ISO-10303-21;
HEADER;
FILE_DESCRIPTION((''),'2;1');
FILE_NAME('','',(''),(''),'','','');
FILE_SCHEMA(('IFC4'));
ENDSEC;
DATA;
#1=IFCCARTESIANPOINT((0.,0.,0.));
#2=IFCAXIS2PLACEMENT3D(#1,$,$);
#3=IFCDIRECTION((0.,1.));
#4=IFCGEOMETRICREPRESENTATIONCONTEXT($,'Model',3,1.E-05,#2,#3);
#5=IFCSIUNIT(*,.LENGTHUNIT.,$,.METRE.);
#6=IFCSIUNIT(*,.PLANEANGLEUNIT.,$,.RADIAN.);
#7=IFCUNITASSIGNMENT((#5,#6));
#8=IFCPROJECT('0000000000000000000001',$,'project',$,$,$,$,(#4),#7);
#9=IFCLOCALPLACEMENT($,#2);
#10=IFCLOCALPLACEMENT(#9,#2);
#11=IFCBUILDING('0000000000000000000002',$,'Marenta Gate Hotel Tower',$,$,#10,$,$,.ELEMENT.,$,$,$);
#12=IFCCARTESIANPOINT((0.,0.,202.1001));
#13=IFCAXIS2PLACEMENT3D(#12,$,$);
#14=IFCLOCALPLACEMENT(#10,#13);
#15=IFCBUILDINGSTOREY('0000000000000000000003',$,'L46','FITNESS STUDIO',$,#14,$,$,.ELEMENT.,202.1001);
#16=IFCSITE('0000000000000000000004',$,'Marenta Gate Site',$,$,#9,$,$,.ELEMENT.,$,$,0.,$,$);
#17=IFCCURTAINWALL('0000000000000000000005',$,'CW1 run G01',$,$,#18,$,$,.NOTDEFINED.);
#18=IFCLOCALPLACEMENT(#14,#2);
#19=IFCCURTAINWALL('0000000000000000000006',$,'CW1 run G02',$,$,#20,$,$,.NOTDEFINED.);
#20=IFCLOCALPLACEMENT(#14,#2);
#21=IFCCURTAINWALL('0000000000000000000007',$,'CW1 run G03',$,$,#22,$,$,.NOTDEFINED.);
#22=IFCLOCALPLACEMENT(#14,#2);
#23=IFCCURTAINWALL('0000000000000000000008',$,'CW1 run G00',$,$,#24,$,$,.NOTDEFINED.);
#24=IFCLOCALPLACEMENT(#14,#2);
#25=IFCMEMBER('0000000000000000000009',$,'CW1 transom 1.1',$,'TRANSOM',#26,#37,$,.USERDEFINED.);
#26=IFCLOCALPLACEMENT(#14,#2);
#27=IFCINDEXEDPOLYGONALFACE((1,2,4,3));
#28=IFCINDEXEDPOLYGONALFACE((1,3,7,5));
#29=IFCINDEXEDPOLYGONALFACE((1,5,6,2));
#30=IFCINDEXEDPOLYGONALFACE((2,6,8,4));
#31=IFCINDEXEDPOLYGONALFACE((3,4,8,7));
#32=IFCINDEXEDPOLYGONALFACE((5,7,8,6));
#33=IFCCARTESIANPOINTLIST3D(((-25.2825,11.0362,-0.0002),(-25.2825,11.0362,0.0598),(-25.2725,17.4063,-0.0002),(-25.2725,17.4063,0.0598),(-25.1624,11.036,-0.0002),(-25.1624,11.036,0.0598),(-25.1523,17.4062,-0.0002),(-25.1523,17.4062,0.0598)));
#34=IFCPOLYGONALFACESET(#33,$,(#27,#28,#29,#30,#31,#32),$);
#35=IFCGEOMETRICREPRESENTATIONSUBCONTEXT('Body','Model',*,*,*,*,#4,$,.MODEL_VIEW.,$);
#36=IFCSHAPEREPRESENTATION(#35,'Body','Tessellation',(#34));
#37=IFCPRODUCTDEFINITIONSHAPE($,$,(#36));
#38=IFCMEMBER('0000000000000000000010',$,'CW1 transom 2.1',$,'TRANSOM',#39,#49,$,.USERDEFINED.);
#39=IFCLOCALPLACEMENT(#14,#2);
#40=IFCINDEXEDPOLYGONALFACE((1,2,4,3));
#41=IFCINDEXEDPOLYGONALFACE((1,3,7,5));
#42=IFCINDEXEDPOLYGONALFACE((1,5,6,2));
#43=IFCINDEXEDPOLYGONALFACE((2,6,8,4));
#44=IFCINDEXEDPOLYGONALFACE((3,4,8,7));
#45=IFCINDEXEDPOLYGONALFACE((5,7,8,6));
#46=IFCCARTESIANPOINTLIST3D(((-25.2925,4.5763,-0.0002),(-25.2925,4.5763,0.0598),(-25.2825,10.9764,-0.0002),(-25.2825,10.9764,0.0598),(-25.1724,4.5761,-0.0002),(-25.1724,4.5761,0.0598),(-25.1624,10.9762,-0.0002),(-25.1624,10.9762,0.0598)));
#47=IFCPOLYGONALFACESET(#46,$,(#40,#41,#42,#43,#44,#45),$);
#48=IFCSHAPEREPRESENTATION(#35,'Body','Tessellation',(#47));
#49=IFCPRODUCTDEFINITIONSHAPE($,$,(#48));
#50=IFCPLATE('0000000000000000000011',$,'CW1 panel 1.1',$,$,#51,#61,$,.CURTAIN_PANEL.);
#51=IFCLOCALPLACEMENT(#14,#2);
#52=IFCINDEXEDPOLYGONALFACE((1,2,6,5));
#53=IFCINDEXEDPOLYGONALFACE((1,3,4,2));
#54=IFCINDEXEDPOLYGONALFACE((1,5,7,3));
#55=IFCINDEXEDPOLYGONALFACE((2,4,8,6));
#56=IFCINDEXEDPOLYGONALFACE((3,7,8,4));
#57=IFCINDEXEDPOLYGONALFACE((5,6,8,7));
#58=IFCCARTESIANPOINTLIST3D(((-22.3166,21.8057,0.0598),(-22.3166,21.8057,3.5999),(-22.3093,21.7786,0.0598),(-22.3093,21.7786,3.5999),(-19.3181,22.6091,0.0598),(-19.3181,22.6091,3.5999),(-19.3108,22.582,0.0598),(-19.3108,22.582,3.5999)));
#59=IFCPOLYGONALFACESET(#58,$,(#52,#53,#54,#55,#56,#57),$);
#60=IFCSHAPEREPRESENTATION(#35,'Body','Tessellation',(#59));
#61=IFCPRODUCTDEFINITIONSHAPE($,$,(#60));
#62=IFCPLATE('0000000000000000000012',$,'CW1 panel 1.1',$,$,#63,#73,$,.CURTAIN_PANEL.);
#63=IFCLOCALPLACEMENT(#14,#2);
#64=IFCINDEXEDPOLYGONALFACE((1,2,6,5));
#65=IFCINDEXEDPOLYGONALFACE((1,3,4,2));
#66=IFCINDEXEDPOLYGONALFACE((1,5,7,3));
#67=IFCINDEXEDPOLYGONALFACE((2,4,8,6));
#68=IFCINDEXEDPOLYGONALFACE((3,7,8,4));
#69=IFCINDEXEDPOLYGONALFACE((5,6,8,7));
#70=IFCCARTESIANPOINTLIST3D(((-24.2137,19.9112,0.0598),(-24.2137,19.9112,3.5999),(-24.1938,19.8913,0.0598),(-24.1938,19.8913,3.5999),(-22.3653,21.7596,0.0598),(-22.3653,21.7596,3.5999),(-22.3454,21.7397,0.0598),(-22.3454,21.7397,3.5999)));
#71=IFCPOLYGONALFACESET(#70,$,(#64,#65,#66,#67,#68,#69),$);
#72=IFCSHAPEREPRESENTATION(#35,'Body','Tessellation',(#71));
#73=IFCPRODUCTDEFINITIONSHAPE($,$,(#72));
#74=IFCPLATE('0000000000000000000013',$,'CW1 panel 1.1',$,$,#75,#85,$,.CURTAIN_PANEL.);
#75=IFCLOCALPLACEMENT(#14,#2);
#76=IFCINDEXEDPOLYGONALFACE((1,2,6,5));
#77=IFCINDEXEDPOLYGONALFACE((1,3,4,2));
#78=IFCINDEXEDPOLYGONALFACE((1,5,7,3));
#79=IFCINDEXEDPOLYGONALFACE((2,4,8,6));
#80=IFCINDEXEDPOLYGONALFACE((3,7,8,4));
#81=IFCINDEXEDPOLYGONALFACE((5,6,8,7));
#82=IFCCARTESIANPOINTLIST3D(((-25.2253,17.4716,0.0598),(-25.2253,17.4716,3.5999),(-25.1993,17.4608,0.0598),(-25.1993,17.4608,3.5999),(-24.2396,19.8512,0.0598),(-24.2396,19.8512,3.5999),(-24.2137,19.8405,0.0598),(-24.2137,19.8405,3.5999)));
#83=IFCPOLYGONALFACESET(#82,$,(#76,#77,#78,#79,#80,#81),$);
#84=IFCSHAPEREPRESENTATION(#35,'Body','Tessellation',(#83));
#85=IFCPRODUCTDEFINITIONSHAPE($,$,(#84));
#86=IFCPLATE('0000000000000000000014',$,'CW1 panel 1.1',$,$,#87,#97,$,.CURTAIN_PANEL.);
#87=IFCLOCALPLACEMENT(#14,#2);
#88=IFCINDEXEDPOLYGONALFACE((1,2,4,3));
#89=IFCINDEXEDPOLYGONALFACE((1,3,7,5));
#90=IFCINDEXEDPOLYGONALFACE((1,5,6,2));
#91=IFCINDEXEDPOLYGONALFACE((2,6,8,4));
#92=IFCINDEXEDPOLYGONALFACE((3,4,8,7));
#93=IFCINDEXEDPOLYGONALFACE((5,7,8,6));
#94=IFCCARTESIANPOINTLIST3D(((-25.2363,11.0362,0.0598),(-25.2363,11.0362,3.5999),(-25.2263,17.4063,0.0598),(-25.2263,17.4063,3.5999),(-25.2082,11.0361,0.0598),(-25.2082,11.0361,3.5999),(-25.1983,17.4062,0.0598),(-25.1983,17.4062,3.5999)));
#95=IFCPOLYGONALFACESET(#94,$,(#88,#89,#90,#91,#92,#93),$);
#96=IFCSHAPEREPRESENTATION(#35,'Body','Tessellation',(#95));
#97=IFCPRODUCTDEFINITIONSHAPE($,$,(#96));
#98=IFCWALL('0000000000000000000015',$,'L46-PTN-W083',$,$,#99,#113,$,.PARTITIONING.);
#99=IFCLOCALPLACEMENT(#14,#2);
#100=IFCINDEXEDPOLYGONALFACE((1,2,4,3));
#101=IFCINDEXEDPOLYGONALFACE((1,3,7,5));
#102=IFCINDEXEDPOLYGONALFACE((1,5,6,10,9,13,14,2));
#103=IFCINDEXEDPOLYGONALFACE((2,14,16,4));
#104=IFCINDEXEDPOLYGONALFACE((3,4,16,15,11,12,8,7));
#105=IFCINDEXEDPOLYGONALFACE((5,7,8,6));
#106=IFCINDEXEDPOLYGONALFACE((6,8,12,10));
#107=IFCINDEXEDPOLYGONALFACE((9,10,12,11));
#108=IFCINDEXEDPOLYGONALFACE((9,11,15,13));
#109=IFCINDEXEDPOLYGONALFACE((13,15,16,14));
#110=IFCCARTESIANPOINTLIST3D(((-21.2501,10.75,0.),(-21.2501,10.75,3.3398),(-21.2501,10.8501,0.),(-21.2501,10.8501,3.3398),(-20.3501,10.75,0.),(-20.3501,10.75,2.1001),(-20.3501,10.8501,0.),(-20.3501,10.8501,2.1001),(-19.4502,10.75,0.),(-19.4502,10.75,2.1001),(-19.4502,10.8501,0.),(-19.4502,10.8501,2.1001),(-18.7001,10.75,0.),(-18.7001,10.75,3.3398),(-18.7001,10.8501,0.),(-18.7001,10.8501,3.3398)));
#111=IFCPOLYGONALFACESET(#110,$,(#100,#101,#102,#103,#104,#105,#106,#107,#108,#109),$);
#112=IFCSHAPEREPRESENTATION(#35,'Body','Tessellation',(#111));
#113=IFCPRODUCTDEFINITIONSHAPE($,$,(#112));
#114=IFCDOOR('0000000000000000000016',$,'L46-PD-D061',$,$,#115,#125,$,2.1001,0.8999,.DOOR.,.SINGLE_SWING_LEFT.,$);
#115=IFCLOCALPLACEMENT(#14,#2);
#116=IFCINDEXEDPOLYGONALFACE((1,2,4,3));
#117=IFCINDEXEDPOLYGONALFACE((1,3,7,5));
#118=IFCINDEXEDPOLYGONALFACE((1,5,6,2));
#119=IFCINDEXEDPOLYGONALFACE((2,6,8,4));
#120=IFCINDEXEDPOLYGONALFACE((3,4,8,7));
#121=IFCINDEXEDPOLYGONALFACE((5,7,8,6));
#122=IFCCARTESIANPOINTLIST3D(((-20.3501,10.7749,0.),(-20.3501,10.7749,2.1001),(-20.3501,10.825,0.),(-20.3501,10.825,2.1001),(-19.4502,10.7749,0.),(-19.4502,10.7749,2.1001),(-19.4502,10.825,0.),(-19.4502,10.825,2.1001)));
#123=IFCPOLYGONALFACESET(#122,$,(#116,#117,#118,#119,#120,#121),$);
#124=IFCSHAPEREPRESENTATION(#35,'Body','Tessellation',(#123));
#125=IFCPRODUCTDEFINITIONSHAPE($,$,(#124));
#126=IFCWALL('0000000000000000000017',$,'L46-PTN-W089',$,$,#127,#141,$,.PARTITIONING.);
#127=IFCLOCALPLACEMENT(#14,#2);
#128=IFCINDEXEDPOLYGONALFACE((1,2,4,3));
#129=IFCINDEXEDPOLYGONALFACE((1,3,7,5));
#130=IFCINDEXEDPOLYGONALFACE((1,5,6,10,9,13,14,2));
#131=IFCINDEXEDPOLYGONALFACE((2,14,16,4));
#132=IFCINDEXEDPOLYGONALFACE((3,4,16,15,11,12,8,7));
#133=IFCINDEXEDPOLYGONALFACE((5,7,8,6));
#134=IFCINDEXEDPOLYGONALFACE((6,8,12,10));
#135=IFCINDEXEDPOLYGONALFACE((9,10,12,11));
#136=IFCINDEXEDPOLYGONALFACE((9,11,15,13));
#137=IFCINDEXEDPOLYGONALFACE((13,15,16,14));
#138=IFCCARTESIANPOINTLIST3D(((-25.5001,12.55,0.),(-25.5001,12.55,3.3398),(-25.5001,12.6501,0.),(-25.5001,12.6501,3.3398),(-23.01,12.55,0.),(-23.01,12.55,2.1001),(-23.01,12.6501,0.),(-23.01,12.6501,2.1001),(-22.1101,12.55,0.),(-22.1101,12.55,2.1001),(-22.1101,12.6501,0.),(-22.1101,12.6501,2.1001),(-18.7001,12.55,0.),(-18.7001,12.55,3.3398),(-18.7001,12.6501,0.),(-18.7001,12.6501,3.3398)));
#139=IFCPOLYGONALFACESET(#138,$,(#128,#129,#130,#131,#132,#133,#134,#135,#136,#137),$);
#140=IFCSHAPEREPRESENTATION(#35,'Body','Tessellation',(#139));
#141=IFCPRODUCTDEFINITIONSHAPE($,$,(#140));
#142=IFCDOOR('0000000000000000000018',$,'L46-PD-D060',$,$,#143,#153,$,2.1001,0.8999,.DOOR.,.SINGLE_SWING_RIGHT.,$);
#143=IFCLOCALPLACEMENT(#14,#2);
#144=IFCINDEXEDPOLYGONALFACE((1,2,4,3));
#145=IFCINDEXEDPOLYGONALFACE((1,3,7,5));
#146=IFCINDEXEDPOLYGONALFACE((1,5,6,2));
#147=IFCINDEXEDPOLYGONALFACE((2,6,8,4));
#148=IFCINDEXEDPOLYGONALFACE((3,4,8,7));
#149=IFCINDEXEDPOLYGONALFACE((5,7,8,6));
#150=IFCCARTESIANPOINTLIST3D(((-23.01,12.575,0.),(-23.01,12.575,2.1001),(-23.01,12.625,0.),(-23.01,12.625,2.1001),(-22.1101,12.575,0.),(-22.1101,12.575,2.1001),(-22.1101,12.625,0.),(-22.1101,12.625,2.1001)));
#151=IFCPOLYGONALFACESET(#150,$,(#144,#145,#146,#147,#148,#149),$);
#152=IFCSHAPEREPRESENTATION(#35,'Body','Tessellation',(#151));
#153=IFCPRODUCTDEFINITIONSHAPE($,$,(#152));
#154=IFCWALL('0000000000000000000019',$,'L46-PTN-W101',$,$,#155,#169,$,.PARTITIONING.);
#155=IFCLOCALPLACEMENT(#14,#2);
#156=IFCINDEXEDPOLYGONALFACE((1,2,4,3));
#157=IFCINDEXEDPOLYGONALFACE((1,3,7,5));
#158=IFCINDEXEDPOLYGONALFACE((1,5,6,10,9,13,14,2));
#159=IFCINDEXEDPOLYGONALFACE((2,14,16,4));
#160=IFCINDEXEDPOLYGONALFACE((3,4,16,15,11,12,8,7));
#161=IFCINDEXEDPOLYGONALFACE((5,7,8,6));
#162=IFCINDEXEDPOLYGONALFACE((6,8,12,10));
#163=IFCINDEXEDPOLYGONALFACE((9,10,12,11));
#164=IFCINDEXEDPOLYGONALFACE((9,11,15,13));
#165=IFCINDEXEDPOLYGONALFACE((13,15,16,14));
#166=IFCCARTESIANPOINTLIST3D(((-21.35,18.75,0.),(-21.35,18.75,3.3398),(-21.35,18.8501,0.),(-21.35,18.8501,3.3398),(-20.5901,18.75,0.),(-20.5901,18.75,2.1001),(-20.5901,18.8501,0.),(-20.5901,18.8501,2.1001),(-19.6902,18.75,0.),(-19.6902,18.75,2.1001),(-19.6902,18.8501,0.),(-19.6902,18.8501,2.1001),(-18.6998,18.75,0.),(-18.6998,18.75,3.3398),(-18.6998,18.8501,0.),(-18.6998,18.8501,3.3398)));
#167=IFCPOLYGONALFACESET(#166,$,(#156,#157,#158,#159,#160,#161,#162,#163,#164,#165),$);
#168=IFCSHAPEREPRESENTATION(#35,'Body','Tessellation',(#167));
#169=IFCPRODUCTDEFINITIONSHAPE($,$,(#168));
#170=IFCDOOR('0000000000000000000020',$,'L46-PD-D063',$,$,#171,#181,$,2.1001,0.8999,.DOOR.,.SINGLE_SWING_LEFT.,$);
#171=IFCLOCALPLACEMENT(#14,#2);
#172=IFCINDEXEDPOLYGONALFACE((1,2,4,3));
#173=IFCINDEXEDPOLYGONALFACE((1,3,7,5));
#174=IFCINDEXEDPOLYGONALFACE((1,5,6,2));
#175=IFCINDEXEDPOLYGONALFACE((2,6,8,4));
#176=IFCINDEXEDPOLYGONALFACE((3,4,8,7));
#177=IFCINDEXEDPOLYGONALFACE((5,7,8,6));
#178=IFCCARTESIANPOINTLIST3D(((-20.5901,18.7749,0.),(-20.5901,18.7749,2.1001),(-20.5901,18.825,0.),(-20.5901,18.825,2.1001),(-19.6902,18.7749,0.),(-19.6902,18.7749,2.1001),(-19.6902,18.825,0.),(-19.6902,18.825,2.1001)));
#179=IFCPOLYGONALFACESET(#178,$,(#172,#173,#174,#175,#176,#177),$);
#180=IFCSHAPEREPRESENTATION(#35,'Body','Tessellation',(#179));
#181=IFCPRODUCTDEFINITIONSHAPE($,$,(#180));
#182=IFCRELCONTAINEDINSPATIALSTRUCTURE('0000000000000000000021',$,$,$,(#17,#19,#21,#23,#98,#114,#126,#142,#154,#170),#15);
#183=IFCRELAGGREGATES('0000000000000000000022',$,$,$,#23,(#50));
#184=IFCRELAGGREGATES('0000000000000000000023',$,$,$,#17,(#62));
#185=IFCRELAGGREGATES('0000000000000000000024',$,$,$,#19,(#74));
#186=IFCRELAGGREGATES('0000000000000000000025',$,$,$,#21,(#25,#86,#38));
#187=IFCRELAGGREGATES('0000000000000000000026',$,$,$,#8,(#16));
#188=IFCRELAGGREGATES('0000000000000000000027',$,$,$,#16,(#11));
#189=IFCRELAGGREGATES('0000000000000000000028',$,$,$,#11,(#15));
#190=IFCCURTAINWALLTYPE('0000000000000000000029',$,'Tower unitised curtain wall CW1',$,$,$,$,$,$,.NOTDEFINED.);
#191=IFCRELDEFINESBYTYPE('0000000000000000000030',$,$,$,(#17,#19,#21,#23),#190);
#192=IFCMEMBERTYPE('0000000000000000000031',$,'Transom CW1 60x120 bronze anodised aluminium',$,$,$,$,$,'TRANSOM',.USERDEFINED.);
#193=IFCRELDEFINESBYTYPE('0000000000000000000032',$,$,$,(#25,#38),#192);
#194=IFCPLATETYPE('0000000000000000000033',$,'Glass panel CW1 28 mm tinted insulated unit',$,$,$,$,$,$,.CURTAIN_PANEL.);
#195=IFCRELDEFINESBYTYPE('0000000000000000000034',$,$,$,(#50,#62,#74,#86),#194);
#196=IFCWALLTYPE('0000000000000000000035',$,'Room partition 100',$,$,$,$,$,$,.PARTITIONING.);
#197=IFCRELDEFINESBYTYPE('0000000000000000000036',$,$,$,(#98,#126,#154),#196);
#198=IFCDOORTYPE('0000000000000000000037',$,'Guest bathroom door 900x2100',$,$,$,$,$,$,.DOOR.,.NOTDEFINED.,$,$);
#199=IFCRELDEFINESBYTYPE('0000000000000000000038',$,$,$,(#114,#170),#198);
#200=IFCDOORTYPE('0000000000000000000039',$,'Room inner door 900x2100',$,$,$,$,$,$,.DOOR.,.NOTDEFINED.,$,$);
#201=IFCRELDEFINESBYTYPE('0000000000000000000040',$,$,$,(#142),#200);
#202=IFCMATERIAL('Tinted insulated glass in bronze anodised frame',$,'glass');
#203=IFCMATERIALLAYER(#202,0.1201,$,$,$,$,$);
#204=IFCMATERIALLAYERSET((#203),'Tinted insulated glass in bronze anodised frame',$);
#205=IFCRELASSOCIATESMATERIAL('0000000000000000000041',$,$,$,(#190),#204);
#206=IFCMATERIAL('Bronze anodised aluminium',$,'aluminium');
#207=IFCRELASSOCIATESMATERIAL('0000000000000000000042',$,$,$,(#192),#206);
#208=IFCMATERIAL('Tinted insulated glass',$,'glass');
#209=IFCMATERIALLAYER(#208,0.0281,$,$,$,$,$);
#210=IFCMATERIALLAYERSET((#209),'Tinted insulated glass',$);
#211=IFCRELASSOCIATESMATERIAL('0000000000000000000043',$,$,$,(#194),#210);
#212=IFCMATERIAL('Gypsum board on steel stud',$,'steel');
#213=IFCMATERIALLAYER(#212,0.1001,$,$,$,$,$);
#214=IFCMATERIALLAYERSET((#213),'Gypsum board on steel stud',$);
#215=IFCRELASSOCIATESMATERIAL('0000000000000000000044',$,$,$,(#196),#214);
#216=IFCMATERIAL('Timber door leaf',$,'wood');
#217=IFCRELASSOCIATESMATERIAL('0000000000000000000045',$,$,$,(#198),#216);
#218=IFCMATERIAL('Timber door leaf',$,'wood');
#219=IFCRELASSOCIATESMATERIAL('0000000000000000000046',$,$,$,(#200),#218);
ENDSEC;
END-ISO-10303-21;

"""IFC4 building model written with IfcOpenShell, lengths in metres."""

from ifc_helpers import new_model, si_unit, direction, frame, frame_2d, origin, origin_2d, place, context, subcontext, project, spatial, rectangle, extrude, material, layer, layer_set, material_profile, profile_set, type_object, element, fill, aggregate, save


model = new_model("IFC4")

# Units and contexts
model_context = context("Model", 3, precision=1e-05, world=origin(), true_north=direction((0.0, 1.0)))
body_context = subcontext(model_context, "Body", "Model", "MODEL_VIEW")
ifc_project = project(units=[si_unit("LENGTHUNIT", "METRE"), si_unit("PLANEANGLEUNIT", "RADIAN")], contexts=[model_context])

# Site, building, storey
site_placement = place(None, origin())
site = spatial("IfcSite", under=ifc_project, at=site_placement, Name="Marenta Gate Site", CompositionType="ELEMENT", RefElevation=0.0)
building_placement = place(site_placement, origin())
building = spatial("IfcBuilding", under=site, at=building_placement, Name="Marenta Gate Hotel Tower", CompositionType="ELEMENT")
storey_placement = place(building_placement, frame((0.0, 0.0, 202.1001)))
storey = spatial("IfcBuildingStorey", under=building, at=storey_placement, Name="L46", Description="FITNESS STUDIO", CompositionType="ELEMENT", Elevation=202.1001)

# Curtain walls
ifc_material_1 = material(Name="Tinted insulated glass in bronze anodised frame", Category="glass")
ifc_layer_1 = layer(ifc_material_1, 0.1201)
ifc_layer_set_1 = layer_set([ifc_layer_1], Name="Tinted insulated glass in bronze anodised frame")
curtain_wall_type = type_object("IfcCurtainWallType", Name="Tower unitised curtain wall CW1", PredefinedType="NOTDEFINED", material=ifc_layer_set_1)
curtain_wall_1_placement = place(storey_placement, origin())
curtain_wall_1 = element("IfcCurtainWall", 1, at=curtain_wall_1_placement, inside=storey, type_object=curtain_wall_type, Name="CW1 run G01", PredefinedType="NOTDEFINED")
curtain_wall_2_placement = place(storey_placement, origin())
curtain_wall_2 = element("IfcCurtainWall", 2, at=curtain_wall_2_placement, inside=storey, type_object=curtain_wall_type, Name="CW1 run G02", PredefinedType="NOTDEFINED")

# Curtain wall
curtain_wall_3_placement = place(storey_placement, origin())
curtain_wall_3 = element("IfcCurtainWall", 3, at=curtain_wall_3_placement, inside=storey, type_object=curtain_wall_type, Name="CW1 run G03", PredefinedType="NOTDEFINED")

# Curtain wall
curtain_wall_4_placement = place(storey_placement, origin())
curtain_wall_4 = element("IfcCurtainWall", 4, at=curtain_wall_4_placement, inside=storey, type_object=curtain_wall_type, Name="CW1 run G00", PredefinedType="NOTDEFINED")
ifc_material_2 = material(Name="Bronze anodised aluminium", Category="aluminium")
ifc_material_profile_1 = material_profile(ifc_material_2, rectangle(XDim=0.1201, YDim=0.0601, at=origin_2d()), Name="Transom CW1 60x120 bronze anodised aluminium")
ifc_profile_set_1 = profile_set([ifc_material_profile_1], Name="Bronze anodised aluminium")
member_type_1 = type_object("IfcMemberType", Name="Transom CW1 60x120 bronze anodised aluminium", ElementType="TRANSOM", PredefinedType="USERDEFINED", material=ifc_profile_set_1)

# Members
member_1_placement = place(storey_placement, frame((-25.2124, 17.4062, 0.0298), z_axis=(-0.001571, -0.999999, 0.0), x_axis=(0.999999, -0.001571, 0.0)))
member_1 = element("IfcMember", 5, at=member_1_placement, type_object=member_type_1, Name="CW1 transom 1.1", ObjectType="TRANSOM", PredefinedType="USERDEFINED", context=body_context, shape_type="SweptSolid", body=[
    extrude(rectangle(XDim=0.1201, YDim=0.0601, at=origin_2d()), origin(), (0.0, 0.0, 1.0), 6.3701),
])
member_2_placement = place(storey_placement, frame((-25.2224, 10.9763, 0.0298), z_axis=(-0.001564, -0.999999, 0.0), x_axis=(0.999999, -0.001564, 0.0)))
member_2 = element("IfcMember", 6, at=member_2_placement, type_object=member_type_1, Name="CW1 transom 2.1", ObjectType="TRANSOM", PredefinedType="USERDEFINED", context=body_context, shape_type="SweptSolid", body=[
    extrude(rectangle(XDim=0.1201, YDim=0.0601, at=origin_2d()), origin(), (0.0, 0.0, 1.0), 6.4001),
])

# Plates
ifc_material_3 = material(Name="Tinted insulated glass", Category="glass")
ifc_layer_2 = layer(ifc_material_3, 0.0281)
ifc_layer_set_2 = layer_set([ifc_layer_2], Name="Tinted insulated glass")
plate_type = type_object("IfcPlateType", Name="Glass panel CW1 28 mm tinted insulated unit", PredefinedType="CURTAIN_PANEL", material=ifc_layer_set_2)
plate_1_placement = place(storey_placement, frame((-20.8137, 22.1938, 0.0598), z_axis=(0.0, 0.0, 1.0), x_axis=(-0.965931, -0.258801, 0.0)))
plate_1 = element("IfcPlate", 7, at=plate_1_placement, type_object=plate_type, Name="CW1 panel 1.1", PredefinedType="CURTAIN_PANEL", context=body_context, shape_type="SweptSolid", body=[
    extrude(rectangle(XDim=3.1042, YDim=0.0281, at=origin_2d()), origin(), (0.0, 0.0, 1.0), 3.54),
])
aggregate(curtain_wall_4, [plate_1])
plate_2_placement = place(storey_placement, frame((-23.2795, 20.8254, 0.0598), z_axis=(0.0, 0.0, 1.0), x_axis=(-0.707107, -0.707107, 0.0)))
plate_2 = element("IfcPlate", 8, at=plate_2_placement, type_object=plate_type, Name="CW1 panel 1.1", PredefinedType="CURTAIN_PANEL", context=body_context, shape_type="SweptSolid", body=[
    extrude(rectangle(XDim=2.614, YDim=0.0281, at=origin_2d()), origin(), (0.0, 0.0, 1.0), 3.54),
])
aggregate(curtain_wall_1, [plate_2])
plate_3_placement = place(storey_placement, frame((-24.7195, 18.656, 0.0598), z_axis=(0.0, 0.0, 1.0), x_axis=(-0.382667, -0.923886, 0.0)))
plate_3 = element("IfcPlate", 9, at=plate_3_placement, type_object=plate_type, Name="CW1 panel 1.1", PredefinedType="CURTAIN_PANEL", context=body_context, shape_type="SweptSolid", body=[
    extrude(rectangle(XDim=2.5757, YDim=0.0281, at=origin_2d()), origin(), (0.0, 0.0, 1.0), 3.54),
])
aggregate(curtain_wall_2, [plate_3])
plate_4_placement = place(storey_placement, frame((-25.2173, 14.2212, 0.0598), z_axis=(0.0, 0.0, 1.0), x_axis=(-0.001566, -0.999999, 0.0)))
plate_4 = element("IfcPlate", 10, at=plate_4_placement, type_object=plate_type, Name="CW1 panel 1.1", PredefinedType="CURTAIN_PANEL", context=body_context, shape_type="SweptSolid", body=[
    extrude(rectangle(XDim=6.3701, YDim=0.0281, at=origin_2d()), origin(), (0.0, 0.0, 1.0), 3.54),
])
aggregate(curtain_wall_3, [member_1, plate_4, member_2])

# Walls, openings, doors
ifc_material_4 = material(Name="Gypsum board on steel stud", Category="steel")
ifc_layer_3 = layer(ifc_material_4, 0.1001)
ifc_layer_set_3 = layer_set([ifc_layer_3], Name="Gypsum board on steel stud")
wall_type_1 = type_object("IfcWallType", Name="Room partition 100", PredefinedType="PARTITIONING", material=ifc_layer_set_3)
wall_1_placement = place(storey_placement, frame((-21.25, 10.8, 0.0), z_axis=(0.0, 0.0, 1.0), x_axis=(1.0, 0.0, 0.0)))
wall_1 = element("IfcWall", 11, at=wall_1_placement, inside=storey, type_object=wall_type_1, Name="L46-PTN-W083", PredefinedType="PARTITIONING", context=body_context, shape_type="SweptSolid", body=[
    extrude(rectangle(XDim=2.55, YDim=0.1001, at=frame_2d((1.2749, 0.0))), origin(), (0.0, 0.0, 1.0), 3.3398),
])
opening_1_placement = place(wall_1_placement, frame((0.8999, 0.0, 0.0)))
opening_1 = element("IfcOpeningElement", 12, at=opening_1_placement, cuts=wall_1, PredefinedType="OPENING", context=body_context, shape_type="SweptSolid", body=[
    extrude(rectangle(XDim=0.8999, YDim=2.1001, at=frame_2d((0.45, 1.05))), frame((0.0, 0.05, 0.0), z_axis=(0.0, -1.0, 0.0), x_axis=(1.0, 0.0, 0.0)), (0.0, 0.0, 1.0), 0.1001),
])
ifc_material_5 = material(Name="Timber door leaf", Category="wood")
door_type_1 = type_object("IfcDoorType", Name="Guest bathroom door 900x2100", OperationType="NOTDEFINED", PredefinedType="DOOR", material=ifc_material_5)
door_1_placement = place(opening_1_placement, origin())
door_1 = element("IfcDoor", 13, at=door_1_placement, inside=storey, type_object=door_type_1, Name="L46-PD-D061", OperationType="SINGLE_SWING_LEFT", OverallHeight=2.1001, OverallWidth=0.8999, PredefinedType="DOOR", context=body_context, shape_type="SweptSolid", body=[
    extrude(rectangle(XDim=0.8999, YDim=2.1001, at=frame_2d((0.45, 1.05))), frame((0.0, 0.0249, 0.0), z_axis=(0.0, -1.0, 0.0), x_axis=(1.0, 0.0, 0.0)), (0.0, 0.0, 1.0), 0.05),
])
fill(opening_1, door_1)
wall_2_placement = place(storey_placement, frame((-25.5, 12.6001, 0.0), z_axis=(0.0, 0.0, 1.0), x_axis=(1.0, 0.0, 0.0)))
wall_2 = element("IfcWall", 14, at=wall_2_placement, inside=storey, type_object=wall_type_1, Name="L46-PTN-W089", PredefinedType="PARTITIONING", context=body_context, shape_type="SweptSolid", body=[
    extrude(rectangle(XDim=6.8, YDim=0.1001, at=frame_2d((3.3999, 0.0))), origin(), (0.0, 0.0, 1.0), 3.3398),
])
opening_2_placement = place(wall_2_placement, frame((2.49, 0.0, 0.0)))
opening_2 = element("IfcOpeningElement", 15, at=opening_2_placement, cuts=wall_2, PredefinedType="OPENING", context=body_context, shape_type="SweptSolid", body=[
    extrude(rectangle(XDim=0.8999, YDim=2.1001, at=frame_2d((0.45, 1.05))), frame((0.0, 0.05, 0.0), z_axis=(0.0, -1.0, 0.0), x_axis=(1.0, 0.0, 0.0)), (0.0, 0.0, 1.0), 0.1001),
])
ifc_material_6 = material(Name="Timber door leaf", Category="wood")
door_type_2 = type_object("IfcDoorType", Name="Room inner door 900x2100", OperationType="NOTDEFINED", PredefinedType="DOOR", material=ifc_material_6)
door_2_placement = place(opening_2_placement, origin())
door_2 = element("IfcDoor", 16, at=door_2_placement, inside=storey, type_object=door_type_2, Name="L46-PD-D060", OperationType="SINGLE_SWING_RIGHT", OverallHeight=2.1001, OverallWidth=0.8999, PredefinedType="DOOR", context=body_context, shape_type="SweptSolid", body=[
    extrude(rectangle(XDim=0.8999, YDim=2.1001, at=frame_2d((0.45, 1.05))), frame((0.0, 0.0249, 0.0), z_axis=(0.0, -1.0, 0.0), x_axis=(1.0, 0.0, 0.0)), (0.0, 0.0, 1.0), 0.05),
])
fill(opening_2, door_2)
wall_3_placement = place(storey_placement, frame((-21.3501, 18.8, 0.0), z_axis=(0.0, 0.0, 1.0), x_axis=(1.0, 0.0, 0.0)))
wall_3 = element("IfcWall", 17, at=wall_3_placement, inside=storey, type_object=wall_type_1, Name="L46-PTN-W101", PredefinedType="PARTITIONING", context=body_context, shape_type="SweptSolid", body=[
    extrude(rectangle(XDim=2.6501, YDim=0.1001, at=frame_2d((1.3252, 0.0))), origin(), (0.0, 0.0, 1.0), 3.3398),
])
opening_3_placement = place(wall_3_placement, frame((0.76, 0.0, 0.0)))
opening_3 = element("IfcOpeningElement", 18, at=opening_3_placement, cuts=wall_3, PredefinedType="OPENING", context=body_context, shape_type="SweptSolid", body=[
    extrude(rectangle(XDim=0.8999, YDim=2.1001, at=frame_2d((0.45, 1.05))), frame((0.0, 0.05, 0.0), z_axis=(0.0, -1.0, 0.0), x_axis=(1.0, 0.0, 0.0)), (0.0, 0.0, 1.0), 0.1001),
])
door_3_placement = place(opening_3_placement, origin())
door_3 = element("IfcDoor", 19, at=door_3_placement, inside=storey, type_object=door_type_1, Name="L46-PD-D063", OperationType="SINGLE_SWING_LEFT", OverallHeight=2.1001, OverallWidth=0.8999, PredefinedType="DOOR", context=body_context, shape_type="SweptSolid", body=[
    extrude(rectangle(XDim=0.8999, YDim=2.1001, at=frame_2d((0.45, 1.05))), frame((0.0, 0.0249, 0.0), z_axis=(0.0, -1.0, 0.0), x_axis=(1.0, 0.0, 0.0)), (0.0, 0.0, 1.0), 0.05),
])
fill(opening_3, door_3)

save(model, "model.ifc")
